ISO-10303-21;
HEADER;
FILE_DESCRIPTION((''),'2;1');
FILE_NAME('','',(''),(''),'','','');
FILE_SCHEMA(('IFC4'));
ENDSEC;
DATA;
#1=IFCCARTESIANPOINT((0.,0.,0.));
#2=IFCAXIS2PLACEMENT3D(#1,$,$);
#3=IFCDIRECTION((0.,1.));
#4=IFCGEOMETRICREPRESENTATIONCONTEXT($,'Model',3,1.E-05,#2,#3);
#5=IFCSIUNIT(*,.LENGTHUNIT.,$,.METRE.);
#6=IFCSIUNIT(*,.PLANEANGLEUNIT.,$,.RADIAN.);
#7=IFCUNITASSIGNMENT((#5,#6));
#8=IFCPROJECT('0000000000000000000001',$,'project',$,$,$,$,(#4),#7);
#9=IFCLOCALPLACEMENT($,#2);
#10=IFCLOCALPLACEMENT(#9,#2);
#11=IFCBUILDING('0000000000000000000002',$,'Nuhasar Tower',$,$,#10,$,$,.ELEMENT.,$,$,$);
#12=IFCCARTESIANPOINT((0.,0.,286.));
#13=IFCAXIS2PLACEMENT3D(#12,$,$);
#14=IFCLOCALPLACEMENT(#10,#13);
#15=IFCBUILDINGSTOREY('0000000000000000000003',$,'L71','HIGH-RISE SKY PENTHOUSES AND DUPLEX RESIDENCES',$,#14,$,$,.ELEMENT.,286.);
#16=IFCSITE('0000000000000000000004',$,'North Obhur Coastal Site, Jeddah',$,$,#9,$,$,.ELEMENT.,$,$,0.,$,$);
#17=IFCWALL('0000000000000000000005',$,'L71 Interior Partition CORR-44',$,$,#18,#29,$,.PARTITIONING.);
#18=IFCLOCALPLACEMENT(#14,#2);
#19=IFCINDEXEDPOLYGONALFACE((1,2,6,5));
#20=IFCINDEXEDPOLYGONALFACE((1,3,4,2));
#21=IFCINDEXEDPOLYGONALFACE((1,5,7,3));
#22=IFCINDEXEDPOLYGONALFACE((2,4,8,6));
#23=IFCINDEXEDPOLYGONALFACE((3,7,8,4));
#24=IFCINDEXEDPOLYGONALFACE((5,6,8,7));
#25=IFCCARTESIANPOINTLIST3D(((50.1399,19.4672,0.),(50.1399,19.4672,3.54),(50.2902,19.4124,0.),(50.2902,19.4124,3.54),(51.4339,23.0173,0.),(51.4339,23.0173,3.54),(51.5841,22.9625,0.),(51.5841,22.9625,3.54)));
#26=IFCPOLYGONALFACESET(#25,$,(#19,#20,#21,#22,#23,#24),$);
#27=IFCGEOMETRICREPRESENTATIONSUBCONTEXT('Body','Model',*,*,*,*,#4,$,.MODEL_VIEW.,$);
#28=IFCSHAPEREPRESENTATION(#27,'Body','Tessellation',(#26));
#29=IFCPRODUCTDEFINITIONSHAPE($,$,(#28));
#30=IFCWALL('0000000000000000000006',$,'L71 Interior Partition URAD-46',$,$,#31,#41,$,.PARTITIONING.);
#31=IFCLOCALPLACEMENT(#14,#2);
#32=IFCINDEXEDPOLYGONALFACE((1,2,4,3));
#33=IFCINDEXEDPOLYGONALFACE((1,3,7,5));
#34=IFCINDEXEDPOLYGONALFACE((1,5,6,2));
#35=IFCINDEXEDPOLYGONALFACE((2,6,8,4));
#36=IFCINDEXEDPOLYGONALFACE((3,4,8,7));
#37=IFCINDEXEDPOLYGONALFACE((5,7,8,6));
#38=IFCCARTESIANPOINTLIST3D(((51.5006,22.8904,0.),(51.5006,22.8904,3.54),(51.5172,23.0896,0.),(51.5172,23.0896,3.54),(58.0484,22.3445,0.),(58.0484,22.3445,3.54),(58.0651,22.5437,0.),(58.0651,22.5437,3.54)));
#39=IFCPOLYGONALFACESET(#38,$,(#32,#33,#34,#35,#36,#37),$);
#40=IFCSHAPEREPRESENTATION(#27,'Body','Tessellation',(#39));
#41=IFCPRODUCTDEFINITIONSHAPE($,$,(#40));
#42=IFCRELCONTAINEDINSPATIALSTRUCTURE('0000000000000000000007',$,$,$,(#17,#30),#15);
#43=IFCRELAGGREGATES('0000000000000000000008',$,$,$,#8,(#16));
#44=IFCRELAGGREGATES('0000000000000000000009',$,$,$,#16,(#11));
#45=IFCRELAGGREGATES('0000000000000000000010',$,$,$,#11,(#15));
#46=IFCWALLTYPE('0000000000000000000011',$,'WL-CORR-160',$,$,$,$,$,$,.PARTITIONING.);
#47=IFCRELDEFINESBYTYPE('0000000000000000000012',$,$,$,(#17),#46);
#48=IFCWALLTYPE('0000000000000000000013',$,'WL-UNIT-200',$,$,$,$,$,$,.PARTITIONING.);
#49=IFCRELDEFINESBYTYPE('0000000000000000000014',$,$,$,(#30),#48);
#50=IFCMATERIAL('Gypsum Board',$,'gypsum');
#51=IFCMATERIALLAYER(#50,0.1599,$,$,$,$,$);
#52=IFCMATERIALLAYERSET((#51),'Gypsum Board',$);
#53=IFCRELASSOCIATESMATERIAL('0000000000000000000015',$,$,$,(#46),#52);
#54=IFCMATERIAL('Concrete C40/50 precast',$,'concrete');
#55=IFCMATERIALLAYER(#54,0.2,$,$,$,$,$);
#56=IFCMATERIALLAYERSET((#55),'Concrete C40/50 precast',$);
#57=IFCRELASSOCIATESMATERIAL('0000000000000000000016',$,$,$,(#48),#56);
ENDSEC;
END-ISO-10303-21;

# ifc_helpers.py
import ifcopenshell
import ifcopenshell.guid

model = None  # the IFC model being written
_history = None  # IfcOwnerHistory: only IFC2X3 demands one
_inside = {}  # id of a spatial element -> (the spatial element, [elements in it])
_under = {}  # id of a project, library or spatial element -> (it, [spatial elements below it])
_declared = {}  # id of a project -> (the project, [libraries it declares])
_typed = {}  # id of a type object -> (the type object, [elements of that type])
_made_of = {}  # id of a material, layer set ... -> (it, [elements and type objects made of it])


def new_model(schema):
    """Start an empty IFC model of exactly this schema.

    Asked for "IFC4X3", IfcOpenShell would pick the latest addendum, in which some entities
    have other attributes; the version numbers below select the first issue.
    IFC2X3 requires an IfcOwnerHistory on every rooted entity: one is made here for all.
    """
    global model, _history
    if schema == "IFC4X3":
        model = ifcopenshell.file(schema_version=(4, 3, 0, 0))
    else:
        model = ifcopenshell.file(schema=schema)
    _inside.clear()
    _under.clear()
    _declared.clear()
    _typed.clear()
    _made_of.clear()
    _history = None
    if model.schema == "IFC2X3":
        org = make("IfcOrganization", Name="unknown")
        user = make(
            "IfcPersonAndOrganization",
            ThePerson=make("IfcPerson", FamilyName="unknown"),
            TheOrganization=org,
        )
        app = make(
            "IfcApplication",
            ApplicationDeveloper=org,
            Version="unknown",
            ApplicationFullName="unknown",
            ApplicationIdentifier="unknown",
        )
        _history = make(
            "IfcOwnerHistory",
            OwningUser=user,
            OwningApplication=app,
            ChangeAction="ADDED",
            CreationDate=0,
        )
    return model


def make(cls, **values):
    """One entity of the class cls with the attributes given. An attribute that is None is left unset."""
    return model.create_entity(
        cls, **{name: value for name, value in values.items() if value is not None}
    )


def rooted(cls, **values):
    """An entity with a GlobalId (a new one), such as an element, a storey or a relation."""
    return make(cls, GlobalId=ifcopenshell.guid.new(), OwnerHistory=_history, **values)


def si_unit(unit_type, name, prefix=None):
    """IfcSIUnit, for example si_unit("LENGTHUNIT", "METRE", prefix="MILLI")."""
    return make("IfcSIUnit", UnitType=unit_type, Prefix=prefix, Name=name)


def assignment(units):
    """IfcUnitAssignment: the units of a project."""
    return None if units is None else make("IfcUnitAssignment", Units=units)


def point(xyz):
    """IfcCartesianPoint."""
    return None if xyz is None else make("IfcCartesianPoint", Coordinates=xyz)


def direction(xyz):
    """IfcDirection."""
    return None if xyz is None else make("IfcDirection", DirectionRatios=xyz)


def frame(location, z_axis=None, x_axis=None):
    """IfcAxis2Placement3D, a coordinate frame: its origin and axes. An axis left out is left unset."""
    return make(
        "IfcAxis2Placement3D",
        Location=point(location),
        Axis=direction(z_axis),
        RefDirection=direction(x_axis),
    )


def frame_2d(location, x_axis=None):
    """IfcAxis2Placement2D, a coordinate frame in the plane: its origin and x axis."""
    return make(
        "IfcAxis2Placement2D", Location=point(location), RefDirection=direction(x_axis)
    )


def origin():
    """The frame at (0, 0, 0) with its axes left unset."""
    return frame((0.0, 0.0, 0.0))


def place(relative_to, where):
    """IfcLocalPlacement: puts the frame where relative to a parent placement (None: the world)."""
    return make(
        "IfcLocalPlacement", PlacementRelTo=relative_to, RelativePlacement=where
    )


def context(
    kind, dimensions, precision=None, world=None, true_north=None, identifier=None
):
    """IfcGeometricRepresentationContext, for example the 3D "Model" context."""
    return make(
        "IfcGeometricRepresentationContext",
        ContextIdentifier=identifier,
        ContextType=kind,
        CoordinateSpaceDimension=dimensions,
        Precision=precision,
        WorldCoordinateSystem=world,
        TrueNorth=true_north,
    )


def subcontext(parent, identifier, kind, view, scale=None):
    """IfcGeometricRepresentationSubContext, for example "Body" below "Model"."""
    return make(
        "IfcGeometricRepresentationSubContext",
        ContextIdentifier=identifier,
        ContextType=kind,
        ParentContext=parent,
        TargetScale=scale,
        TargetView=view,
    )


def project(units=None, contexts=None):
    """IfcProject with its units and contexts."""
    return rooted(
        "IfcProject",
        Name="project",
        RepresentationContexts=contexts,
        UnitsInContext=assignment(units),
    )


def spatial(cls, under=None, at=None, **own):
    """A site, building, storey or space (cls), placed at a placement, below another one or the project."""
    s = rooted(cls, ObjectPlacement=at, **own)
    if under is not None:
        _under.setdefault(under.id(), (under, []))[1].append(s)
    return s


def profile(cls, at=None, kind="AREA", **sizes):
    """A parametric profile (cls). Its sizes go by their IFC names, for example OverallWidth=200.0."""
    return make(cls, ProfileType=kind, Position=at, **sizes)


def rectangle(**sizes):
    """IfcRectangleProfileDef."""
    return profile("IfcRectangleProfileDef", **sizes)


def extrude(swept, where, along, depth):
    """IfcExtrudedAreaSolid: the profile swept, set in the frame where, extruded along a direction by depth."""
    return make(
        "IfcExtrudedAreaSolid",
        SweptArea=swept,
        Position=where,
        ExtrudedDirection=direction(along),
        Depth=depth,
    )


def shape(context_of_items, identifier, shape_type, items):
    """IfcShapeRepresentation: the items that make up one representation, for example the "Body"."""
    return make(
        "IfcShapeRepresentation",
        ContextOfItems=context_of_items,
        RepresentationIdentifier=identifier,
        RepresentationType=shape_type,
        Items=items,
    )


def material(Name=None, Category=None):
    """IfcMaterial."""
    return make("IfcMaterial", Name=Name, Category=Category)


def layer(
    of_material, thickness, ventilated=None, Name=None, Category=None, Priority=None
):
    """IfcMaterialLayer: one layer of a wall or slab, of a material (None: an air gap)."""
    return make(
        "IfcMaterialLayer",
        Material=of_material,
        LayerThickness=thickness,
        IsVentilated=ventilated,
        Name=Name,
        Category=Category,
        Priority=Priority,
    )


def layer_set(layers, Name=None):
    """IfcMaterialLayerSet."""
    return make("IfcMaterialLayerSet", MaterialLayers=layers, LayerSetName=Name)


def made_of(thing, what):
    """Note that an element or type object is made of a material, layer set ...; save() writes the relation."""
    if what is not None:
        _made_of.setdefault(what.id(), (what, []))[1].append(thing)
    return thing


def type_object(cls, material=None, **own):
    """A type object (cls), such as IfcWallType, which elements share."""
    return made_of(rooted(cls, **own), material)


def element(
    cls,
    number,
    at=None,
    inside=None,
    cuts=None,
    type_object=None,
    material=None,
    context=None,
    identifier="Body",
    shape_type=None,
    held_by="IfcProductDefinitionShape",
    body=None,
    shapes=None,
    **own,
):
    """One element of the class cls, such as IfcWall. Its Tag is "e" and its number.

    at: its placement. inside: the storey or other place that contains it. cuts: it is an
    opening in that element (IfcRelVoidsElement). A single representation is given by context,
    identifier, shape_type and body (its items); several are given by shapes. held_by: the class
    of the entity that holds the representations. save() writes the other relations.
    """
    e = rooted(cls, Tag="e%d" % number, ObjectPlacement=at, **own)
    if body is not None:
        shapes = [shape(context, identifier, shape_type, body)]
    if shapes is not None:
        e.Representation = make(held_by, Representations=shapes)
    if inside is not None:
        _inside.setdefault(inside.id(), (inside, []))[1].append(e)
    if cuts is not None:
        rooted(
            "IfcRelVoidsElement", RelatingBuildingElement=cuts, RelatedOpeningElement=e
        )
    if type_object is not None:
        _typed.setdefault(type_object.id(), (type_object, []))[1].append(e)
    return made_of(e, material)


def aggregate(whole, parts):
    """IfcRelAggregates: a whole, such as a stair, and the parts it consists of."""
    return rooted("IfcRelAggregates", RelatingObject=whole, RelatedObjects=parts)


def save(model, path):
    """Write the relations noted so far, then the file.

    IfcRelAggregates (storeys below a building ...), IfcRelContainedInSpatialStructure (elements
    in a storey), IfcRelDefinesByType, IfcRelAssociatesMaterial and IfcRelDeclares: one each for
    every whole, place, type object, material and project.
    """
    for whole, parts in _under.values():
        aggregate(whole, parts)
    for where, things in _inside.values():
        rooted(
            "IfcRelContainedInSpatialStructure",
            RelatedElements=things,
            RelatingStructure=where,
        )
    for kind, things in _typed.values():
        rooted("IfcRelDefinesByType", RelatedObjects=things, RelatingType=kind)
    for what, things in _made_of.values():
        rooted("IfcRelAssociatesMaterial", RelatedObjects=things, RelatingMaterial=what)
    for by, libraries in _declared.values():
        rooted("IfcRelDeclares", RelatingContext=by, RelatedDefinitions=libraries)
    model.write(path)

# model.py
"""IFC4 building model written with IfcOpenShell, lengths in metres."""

from ifc_helpers import new_model, si_unit, direction, frame, frame_2d, origin, place, context, subcontext, project, spatial, rectangle, extrude, material, layer, layer_set, type_object, element, save


model = new_model("IFC4")

# Units and contexts
model_context = context("Model", 3, precision=1e-05, world=origin(), true_north=direction((0.0, 1.0)))
body_context = subcontext(model_context, "Body", "Model", "MODEL_VIEW")
ifc_project = project(units=[si_unit("LENGTHUNIT", "METRE"), si_unit("PLANEANGLEUNIT", "RADIAN")], contexts=[model_context])

# Site, building, storey
site_placement = place(None, origin())
site = spatial("IfcSite", under=ifc_project, at=site_placement, Name="North Obhur Coastal Site, Jeddah", CompositionType="ELEMENT", RefElevation=0.0)
building_placement = place(site_placement, origin())
building = spatial("IfcBuilding", under=site, at=building_placement, Name="Nuhasar Tower", CompositionType="ELEMENT")
storey_placement = place(building_placement, frame((0.0, 0.0, 286.0)))
storey = spatial("IfcBuildingStorey", under=building, at=storey_placement, Name="L71", Description="HIGH-RISE SKY PENTHOUSES AND DUPLEX RESIDENCES", CompositionType="ELEMENT", Elevation=286.0)

# Shared definitions
ifc_material_1 = material(Name="Gypsum Board", Category="gypsum")
ifc_layer_1 = layer(ifc_material_1, 0.1599)
ifc_layer_set_1 = layer_set([ifc_layer_1], Name="Gypsum Board")
wall_type_1 = type_object("IfcWallType", Name="WL-CORR-160", PredefinedType="PARTITIONING", material=ifc_layer_set_1)

# Walls
wall_1_placement = place(storey_placement, frame((50.2151, 19.4399, 0.0), z_axis=(0.0, 0.0, 1.0), x_axis=(0.342449, 0.939537, 0.0)))
element("IfcWall", 1, at=wall_1_placement, inside=storey, type_object=wall_type_1, Name="L71 Interior Partition CORR-44", PredefinedType="PARTITIONING", context=body_context, shape_type="SweptSolid", body=[
    extrude(rectangle(XDim=3.7786, YDim=0.1599, at=frame_2d((1.8892, 0.0))), origin(), (0.0, 0.0, 1.0), 3.54),
])
ifc_material_2 = material(Name="Concrete C40/50 precast", Category="concrete")
ifc_layer_2 = layer(ifc_material_2, 0.2)
ifc_layer_set_2 = layer_set([ifc_layer_2], Name="Concrete C40/50 precast")
wall_type_2 = type_object("IfcWallType", Name="WL-UNIT-200", PredefinedType="PARTITIONING", material=ifc_layer_set_2)
wall_2_placement = place(storey_placement, frame((51.509, 22.99, 0.0), z_axis=(0.0, 0.0, 1.0), x_axis=(0.996543, -0.083082, 0.0)))
element("IfcWall", 2, at=wall_2_placement, inside=storey, type_object=wall_type_2, Name="L71 Interior Partition URAD-46", PredefinedType="PARTITIONING", context=body_context, shape_type="SweptSolid", body=[
    extrude(rectangle(XDim=6.5706, YDim=0.2, at=frame_2d((3.2852, 0.0))), origin(), (0.0, 0.0, 1.0), 3.54),
])

save(model, "model.ifc")
